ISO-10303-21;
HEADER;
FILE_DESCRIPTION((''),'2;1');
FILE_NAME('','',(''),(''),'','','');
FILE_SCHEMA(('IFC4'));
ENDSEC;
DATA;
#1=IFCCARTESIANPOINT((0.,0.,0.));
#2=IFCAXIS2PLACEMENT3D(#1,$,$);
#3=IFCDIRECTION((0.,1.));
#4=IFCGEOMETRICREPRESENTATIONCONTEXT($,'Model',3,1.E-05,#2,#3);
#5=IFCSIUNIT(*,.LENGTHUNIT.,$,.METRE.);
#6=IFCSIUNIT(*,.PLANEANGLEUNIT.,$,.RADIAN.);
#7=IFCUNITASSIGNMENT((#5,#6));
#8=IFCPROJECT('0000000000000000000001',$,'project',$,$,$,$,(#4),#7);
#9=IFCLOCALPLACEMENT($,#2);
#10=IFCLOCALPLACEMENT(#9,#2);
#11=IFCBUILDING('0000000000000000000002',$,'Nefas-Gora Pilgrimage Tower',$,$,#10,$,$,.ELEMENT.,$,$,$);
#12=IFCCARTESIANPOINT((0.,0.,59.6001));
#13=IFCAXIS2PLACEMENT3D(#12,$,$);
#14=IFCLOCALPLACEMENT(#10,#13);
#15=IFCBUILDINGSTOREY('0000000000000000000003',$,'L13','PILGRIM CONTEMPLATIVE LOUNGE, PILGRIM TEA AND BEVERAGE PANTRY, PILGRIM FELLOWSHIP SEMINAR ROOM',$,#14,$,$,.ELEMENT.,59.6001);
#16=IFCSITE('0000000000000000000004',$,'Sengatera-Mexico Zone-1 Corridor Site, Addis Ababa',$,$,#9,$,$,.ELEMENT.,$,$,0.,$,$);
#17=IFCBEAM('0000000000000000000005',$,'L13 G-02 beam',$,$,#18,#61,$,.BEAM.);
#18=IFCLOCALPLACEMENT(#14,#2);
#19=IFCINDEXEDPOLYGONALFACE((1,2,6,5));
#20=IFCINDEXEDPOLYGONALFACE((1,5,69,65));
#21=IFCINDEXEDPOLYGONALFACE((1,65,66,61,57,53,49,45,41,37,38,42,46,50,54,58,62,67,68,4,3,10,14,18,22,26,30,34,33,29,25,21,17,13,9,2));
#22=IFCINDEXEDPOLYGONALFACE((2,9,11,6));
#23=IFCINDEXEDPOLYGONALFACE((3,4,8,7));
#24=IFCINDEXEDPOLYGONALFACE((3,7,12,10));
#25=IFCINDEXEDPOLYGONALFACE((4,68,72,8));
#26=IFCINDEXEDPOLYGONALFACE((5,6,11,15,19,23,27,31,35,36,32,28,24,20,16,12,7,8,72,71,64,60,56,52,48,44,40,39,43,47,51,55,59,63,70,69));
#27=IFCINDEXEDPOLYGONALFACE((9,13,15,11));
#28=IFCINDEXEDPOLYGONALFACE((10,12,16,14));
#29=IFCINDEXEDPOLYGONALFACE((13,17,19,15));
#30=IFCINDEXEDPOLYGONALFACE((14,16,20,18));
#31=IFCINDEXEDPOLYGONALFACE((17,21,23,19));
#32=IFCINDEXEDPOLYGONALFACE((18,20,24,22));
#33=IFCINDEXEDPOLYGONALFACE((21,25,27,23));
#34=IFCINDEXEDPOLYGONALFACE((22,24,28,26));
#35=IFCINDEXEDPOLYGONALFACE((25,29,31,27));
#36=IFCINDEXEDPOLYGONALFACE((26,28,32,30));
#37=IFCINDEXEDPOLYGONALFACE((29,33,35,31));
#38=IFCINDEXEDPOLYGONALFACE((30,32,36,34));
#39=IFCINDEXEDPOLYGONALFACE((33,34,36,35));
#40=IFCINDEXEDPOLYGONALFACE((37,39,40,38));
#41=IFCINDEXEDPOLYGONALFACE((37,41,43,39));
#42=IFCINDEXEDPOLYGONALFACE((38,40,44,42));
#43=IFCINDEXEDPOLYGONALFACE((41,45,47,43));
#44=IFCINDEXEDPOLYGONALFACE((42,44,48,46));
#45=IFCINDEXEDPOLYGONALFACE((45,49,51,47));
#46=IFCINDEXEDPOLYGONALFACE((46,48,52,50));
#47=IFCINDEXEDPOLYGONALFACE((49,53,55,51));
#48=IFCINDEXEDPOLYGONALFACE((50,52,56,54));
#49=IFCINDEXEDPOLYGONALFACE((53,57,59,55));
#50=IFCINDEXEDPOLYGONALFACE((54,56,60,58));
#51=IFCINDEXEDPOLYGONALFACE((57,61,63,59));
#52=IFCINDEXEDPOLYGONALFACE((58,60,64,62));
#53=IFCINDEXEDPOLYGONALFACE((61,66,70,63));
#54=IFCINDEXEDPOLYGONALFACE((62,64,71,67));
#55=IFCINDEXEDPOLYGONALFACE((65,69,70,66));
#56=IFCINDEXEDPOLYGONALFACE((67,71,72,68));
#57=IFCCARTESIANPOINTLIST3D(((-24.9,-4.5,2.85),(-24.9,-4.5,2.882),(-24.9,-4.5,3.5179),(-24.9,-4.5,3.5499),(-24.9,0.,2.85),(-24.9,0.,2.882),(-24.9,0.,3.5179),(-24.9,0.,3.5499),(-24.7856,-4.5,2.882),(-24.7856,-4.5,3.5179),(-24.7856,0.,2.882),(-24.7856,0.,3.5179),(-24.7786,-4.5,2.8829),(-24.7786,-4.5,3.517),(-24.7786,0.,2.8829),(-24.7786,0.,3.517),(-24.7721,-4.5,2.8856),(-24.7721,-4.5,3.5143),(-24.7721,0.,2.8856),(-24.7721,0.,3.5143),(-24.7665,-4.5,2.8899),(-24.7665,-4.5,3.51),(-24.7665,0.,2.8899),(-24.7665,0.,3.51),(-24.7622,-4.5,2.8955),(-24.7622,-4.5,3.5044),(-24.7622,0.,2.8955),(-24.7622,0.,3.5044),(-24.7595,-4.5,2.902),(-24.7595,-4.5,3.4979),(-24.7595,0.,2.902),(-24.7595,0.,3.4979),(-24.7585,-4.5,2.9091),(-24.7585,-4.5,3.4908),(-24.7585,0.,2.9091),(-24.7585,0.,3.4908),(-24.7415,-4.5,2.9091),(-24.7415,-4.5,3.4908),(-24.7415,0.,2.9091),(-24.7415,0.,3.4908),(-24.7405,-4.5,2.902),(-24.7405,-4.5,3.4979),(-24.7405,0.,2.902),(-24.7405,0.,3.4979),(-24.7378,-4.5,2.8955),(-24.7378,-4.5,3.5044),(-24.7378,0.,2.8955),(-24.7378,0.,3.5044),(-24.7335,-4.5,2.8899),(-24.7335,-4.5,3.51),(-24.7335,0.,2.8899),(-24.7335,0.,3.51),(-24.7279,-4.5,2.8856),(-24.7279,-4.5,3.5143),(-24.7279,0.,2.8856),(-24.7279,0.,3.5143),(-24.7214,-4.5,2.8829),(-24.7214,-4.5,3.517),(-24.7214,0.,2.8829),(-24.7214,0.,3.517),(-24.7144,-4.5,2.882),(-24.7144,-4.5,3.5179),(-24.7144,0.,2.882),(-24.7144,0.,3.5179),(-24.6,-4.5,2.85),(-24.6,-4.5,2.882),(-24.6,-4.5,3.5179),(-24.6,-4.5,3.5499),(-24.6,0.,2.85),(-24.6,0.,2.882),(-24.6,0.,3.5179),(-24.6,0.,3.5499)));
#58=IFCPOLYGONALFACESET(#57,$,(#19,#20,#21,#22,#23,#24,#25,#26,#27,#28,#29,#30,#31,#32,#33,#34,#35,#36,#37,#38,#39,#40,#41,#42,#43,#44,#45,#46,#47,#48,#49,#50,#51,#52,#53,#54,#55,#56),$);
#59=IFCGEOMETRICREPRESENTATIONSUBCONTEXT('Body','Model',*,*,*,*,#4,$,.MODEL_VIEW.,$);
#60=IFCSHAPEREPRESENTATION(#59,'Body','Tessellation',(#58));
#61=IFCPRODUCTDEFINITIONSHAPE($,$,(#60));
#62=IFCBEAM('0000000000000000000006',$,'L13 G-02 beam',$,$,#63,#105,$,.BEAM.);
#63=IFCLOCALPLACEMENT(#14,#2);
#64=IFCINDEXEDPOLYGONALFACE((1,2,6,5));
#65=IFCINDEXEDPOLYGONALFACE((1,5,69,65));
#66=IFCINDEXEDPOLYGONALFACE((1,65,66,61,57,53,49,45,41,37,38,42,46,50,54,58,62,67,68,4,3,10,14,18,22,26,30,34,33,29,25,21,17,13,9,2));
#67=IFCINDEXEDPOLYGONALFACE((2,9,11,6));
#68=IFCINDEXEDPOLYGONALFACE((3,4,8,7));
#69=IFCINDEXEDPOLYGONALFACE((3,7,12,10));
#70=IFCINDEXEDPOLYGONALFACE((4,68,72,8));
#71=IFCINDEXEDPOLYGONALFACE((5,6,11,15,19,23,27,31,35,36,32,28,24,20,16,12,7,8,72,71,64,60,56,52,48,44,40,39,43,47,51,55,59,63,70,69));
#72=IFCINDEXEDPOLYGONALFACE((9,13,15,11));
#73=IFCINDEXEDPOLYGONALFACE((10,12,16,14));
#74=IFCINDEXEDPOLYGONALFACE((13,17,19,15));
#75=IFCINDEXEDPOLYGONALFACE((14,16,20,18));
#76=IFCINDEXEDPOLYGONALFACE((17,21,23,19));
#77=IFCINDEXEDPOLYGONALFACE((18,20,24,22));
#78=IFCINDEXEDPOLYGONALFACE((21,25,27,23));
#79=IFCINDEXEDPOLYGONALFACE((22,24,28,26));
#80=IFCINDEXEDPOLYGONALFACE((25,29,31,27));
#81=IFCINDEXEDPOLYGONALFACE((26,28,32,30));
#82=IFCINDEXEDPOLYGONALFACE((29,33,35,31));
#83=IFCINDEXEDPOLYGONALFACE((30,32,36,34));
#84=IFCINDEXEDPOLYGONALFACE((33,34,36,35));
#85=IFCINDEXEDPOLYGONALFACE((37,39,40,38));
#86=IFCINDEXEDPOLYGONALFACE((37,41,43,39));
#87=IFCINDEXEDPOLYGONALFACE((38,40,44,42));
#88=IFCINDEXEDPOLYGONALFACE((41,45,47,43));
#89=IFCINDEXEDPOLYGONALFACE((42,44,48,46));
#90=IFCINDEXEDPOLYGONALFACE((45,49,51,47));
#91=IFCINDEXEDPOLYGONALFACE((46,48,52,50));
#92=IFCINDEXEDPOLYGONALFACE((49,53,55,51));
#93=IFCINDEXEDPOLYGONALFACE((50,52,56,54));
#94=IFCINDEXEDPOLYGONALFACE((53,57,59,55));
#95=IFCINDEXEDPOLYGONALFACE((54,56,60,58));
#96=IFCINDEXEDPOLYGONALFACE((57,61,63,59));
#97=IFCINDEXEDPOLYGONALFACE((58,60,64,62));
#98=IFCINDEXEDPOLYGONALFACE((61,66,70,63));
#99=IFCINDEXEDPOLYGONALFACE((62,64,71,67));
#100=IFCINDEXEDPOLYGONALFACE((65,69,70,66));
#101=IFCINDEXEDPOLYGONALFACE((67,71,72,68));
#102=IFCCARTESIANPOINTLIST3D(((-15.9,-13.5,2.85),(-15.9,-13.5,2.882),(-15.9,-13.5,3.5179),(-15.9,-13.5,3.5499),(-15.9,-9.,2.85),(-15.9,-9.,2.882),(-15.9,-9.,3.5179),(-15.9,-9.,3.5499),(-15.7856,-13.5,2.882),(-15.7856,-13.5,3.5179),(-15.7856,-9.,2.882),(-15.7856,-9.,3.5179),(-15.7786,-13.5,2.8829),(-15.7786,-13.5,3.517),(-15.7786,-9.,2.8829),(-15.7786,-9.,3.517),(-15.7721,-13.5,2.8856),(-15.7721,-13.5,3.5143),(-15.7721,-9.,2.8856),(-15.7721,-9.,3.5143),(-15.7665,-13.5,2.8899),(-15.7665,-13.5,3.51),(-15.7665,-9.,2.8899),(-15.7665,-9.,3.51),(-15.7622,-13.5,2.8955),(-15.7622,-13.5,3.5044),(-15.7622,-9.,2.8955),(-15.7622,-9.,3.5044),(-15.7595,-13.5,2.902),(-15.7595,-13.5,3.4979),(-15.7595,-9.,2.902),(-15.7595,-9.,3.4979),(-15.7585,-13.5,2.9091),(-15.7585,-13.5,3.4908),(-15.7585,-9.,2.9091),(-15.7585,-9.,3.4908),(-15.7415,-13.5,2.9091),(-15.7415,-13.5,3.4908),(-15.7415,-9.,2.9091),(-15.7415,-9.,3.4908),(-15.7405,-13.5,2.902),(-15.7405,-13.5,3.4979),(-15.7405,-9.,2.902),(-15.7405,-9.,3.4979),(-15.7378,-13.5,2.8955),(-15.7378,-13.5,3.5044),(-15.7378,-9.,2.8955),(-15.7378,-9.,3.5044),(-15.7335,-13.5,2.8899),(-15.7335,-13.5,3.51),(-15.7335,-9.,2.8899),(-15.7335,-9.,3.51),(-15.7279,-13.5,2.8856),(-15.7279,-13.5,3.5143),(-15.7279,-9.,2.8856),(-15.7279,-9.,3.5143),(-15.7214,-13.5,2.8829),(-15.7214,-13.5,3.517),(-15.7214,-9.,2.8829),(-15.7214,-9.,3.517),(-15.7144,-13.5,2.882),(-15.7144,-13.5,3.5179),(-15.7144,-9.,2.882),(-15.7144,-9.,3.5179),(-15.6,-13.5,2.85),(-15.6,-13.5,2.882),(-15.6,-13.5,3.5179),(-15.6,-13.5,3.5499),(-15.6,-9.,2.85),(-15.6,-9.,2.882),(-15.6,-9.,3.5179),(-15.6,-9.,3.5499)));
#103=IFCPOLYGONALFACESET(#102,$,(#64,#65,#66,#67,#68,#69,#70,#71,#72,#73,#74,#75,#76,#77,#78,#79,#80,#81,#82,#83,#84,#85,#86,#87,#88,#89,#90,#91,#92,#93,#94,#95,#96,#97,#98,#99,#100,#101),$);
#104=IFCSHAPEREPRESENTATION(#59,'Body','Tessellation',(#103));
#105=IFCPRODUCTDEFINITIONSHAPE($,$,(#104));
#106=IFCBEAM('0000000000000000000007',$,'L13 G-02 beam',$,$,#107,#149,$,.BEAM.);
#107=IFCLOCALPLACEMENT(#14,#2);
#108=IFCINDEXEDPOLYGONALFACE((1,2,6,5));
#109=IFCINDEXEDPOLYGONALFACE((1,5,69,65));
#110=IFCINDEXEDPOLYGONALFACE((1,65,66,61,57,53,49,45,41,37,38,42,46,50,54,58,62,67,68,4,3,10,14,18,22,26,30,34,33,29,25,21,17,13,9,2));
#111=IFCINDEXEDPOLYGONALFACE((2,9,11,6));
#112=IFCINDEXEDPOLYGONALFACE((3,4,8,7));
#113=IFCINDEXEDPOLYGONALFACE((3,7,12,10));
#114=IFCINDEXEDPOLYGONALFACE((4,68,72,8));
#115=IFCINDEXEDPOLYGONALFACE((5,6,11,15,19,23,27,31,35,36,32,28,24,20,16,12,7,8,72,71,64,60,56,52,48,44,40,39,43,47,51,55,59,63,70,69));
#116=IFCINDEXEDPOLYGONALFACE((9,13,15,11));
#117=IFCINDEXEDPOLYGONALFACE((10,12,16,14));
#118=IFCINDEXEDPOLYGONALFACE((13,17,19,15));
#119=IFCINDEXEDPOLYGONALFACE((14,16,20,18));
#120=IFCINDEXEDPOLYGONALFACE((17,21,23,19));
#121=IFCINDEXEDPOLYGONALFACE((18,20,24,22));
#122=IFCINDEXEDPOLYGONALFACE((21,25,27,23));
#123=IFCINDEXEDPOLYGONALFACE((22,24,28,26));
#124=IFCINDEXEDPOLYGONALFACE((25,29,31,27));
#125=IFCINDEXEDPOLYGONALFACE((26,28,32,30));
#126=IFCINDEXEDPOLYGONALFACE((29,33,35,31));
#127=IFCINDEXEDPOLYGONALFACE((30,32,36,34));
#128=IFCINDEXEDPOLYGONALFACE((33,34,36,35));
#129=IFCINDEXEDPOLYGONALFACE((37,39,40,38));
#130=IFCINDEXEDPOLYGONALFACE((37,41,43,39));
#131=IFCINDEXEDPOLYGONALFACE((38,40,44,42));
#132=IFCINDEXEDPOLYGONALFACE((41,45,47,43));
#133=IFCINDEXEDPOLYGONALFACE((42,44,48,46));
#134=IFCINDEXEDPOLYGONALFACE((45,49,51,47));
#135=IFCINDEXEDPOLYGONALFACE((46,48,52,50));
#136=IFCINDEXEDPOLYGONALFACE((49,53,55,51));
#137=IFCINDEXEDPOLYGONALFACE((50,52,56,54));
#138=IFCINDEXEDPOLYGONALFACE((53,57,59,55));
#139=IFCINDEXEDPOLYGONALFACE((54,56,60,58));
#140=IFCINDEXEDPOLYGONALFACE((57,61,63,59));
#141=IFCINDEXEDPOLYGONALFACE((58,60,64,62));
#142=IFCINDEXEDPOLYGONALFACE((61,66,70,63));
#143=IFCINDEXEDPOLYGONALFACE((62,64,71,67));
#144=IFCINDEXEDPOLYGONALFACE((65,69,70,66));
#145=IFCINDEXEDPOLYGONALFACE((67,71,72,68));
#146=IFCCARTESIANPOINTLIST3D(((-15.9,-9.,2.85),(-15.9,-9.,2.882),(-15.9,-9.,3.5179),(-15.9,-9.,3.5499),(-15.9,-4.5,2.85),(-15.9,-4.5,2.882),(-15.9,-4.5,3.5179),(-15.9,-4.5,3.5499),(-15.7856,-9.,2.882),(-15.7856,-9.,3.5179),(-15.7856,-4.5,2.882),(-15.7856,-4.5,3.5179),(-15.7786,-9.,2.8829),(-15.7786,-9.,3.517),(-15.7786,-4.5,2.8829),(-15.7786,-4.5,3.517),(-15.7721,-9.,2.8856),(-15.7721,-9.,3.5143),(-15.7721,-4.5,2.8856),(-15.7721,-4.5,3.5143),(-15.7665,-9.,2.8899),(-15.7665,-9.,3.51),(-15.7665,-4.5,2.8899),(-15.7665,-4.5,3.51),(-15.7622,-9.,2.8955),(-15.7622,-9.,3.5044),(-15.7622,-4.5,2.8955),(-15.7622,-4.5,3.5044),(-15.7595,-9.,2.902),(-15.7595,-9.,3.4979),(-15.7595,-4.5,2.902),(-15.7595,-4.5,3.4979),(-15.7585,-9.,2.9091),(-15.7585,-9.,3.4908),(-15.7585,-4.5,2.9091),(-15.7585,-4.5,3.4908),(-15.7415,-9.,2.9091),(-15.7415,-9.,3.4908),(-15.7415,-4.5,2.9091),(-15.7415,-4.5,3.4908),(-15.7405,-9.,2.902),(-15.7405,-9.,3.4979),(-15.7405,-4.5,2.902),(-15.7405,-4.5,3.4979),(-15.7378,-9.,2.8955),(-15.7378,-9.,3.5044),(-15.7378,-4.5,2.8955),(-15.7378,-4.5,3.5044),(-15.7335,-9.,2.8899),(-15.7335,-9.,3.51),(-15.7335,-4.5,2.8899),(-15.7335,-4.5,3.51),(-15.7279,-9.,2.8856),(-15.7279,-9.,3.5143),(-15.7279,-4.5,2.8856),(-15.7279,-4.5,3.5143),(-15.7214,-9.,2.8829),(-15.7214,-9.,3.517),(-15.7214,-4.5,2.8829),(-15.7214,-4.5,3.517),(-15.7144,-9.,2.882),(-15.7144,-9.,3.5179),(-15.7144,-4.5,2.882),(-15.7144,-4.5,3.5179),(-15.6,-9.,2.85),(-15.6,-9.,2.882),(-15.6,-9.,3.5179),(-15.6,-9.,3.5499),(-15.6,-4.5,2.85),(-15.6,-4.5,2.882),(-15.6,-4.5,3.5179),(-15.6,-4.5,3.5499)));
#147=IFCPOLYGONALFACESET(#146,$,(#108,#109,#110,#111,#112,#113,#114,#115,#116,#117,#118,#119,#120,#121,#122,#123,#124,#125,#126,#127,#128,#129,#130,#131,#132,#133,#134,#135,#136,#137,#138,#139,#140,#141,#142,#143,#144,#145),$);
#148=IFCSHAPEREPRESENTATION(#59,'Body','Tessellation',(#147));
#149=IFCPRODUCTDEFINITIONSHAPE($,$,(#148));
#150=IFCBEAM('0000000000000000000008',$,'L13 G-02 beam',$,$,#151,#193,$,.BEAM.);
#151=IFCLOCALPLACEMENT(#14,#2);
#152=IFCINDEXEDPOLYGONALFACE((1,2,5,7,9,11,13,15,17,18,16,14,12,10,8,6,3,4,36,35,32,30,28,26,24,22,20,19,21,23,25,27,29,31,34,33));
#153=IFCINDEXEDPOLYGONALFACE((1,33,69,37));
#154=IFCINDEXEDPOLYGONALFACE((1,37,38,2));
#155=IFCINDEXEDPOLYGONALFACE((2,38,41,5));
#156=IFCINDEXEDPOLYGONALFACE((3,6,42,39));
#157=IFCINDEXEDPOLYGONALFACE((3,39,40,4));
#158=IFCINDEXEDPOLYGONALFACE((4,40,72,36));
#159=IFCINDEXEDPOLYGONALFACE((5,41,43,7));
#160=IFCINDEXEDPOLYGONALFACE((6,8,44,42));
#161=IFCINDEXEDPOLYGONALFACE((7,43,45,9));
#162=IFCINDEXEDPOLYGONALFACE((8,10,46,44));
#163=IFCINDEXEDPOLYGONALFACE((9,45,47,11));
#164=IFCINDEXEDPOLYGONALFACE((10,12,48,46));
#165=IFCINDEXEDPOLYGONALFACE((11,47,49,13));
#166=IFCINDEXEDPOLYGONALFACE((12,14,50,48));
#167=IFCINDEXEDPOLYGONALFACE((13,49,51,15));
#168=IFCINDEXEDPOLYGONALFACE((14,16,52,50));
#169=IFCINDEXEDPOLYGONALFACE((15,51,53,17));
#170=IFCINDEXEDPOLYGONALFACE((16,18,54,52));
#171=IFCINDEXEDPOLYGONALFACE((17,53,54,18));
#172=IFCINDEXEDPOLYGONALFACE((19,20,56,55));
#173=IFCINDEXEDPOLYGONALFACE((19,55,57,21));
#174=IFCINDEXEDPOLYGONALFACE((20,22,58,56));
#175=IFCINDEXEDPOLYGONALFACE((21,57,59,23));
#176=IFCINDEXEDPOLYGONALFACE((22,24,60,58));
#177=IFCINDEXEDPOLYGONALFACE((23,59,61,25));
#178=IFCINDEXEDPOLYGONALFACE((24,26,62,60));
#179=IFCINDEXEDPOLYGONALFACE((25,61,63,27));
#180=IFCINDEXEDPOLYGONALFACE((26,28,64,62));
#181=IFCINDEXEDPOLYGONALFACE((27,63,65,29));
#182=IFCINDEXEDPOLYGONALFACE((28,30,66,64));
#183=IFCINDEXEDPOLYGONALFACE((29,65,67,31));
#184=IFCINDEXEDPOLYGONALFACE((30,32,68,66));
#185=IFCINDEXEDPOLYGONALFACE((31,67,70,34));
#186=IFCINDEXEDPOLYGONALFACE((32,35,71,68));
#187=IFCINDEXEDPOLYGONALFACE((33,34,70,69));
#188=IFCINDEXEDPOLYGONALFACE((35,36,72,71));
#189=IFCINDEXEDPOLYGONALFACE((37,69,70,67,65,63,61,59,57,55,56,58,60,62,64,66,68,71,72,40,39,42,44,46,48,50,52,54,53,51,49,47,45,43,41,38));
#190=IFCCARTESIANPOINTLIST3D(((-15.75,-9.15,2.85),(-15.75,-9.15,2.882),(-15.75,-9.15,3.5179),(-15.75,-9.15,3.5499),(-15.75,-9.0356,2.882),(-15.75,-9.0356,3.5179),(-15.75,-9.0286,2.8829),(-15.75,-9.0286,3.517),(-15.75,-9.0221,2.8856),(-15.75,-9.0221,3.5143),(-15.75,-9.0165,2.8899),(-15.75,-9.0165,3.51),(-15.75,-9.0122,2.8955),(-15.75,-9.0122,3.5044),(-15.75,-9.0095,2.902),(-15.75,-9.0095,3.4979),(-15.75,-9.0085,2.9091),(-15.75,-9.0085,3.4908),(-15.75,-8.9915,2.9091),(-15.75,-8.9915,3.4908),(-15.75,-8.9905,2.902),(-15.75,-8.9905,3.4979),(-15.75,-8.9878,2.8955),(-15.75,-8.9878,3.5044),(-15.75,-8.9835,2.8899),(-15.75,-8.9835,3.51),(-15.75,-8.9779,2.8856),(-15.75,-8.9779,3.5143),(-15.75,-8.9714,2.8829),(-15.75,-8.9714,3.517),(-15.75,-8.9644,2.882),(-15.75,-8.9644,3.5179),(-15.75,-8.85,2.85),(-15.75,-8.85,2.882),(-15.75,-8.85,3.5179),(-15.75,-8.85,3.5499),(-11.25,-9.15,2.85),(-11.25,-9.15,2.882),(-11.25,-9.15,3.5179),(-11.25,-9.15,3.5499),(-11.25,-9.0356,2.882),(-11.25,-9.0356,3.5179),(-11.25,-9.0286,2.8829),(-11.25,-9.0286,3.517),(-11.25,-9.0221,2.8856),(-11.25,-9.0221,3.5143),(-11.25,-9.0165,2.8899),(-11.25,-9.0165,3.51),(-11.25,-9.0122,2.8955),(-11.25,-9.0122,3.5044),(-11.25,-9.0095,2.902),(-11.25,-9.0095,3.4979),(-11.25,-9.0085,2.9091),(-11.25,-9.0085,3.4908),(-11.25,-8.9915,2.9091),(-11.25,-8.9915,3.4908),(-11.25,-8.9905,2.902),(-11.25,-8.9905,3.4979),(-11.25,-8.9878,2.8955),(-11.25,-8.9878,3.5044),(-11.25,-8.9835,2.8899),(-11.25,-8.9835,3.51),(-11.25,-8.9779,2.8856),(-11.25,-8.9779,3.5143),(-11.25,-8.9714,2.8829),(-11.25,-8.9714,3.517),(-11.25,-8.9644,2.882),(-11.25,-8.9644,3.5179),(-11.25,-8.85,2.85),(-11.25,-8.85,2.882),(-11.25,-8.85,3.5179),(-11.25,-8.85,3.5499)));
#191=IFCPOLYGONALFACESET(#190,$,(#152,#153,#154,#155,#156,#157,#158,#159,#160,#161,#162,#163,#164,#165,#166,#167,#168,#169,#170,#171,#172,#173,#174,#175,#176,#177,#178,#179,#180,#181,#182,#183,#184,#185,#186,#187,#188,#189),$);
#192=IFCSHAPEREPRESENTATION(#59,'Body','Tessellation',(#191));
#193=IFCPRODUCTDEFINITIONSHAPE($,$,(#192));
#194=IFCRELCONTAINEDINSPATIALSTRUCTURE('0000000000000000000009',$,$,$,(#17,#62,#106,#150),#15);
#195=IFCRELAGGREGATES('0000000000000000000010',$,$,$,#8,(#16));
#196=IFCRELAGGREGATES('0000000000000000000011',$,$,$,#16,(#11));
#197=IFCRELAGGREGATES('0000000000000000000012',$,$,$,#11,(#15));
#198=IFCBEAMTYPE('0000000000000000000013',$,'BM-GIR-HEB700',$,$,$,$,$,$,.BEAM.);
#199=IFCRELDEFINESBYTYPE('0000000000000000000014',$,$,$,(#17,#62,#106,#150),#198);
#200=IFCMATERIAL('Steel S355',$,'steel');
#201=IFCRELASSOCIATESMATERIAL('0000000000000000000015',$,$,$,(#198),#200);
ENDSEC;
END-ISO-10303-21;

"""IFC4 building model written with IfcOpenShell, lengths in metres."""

from ifc_helpers import new_model, si_unit, direction, frame, origin, origin_2d, place, context, subcontext, project, spatial, i_section, extrude, source, transform, mapped, material, material_profile, profile_set, type_object, element, save


model = new_model("IFC4")

# Units and contexts
model_context = context("Model", 3, precision=1e-05, world=origin(), true_north=direction((0.0, 1.0)))
body_context = subcontext(model_context, "Body", "Model", "MODEL_VIEW")
ifc_project = project(units=[si_unit("LENGTHUNIT", "METRE"), si_unit("PLANEANGLEUNIT", "RADIAN")], contexts=[model_context])

# Site, building, storey
site_placement = place(None, origin())
site = spatial("IfcSite", under=ifc_project, at=site_placement, Name="Sengatera-Mexico Zone-1 Corridor Site, Addis Ababa", CompositionType="ELEMENT", RefElevation=0.0)
building_placement = place(site_placement, origin())
building = spatial("IfcBuilding", under=site, at=building_placement, Name="Nefas-Gora Pilgrimage Tower", CompositionType="ELEMENT")
storey_placement = place(building_placement, frame((0.0, 0.0, 59.6001)))
storey = spatial("IfcBuildingStorey", under=building, at=storey_placement, Name="L13", Description="PILGRIM CONTEMPLATIVE LOUNGE, PILGRIM TEA AND BEVERAGE PANTRY, PILGRIM FELLOWSHIP SEMINAR ROOM", CompositionType="ELEMENT", Elevation=59.6001)

# Beams
ifc_material_1 = material(Name="Steel S355", Category="steel")
ifc_material_profile_1 = material_profile(ifc_material_1, i_section(OverallWidth=0.3, OverallDepth=0.7, WebThickness=0.0171, FlangeThickness=0.032, FilletRadius=0.0271, at=origin_2d()), Name="HEB 700")
ifc_profile_set_1 = profile_set([ifc_material_profile_1], Name="Steel S355")
beam_type_1 = type_object("IfcBeamType", Name="BM-GIR-HEB700", PredefinedType="BEAM", material=ifc_profile_set_1)
shared_shape_1 = source(origin(), body_context, "Body", "SweptSolid", [
    extrude(i_section(OverallWidth=0.3, OverallDepth=0.7, WebThickness=0.0171, FlangeThickness=0.032, FilletRadius=0.0271, at=origin_2d()), origin(), (0.0, 0.0, 1.0), 4.5),
])
for number, where, z_axis, x_axis, name in (
    (1, (-24.75, -4.5, 3.2), (0.0, 1.0, 0.0), (-1.0, 0.0, 0.0), "L13 G-02 beam"),
    (2, (-15.75, -13.5, 3.2), (0.0, 1.0, 0.0), (-1.0, 0.0, 0.0), "L13 G-02 beam"),
    (3, (-15.75, -9.0, 3.2), (0.0, 1.0, 0.0), (-1.0, 0.0, 0.0), "L13 G-02 beam"),
    (4, (-15.75, -9.0, 3.2), (1.0, 0.0, 0.0), (0.0, 1.0, 0.0), "L13 G-02 beam"),
):
    element("IfcBeam", number, at=place(storey_placement, frame(where, z_axis=z_axis, x_axis=x_axis)), inside=storey, type_object=beam_type_1, Name=name, PredefinedType="BEAM", context=body_context, shape_type="MappedRepresentation", body=[
        mapped(shared_shape_1, transform((0.0, 0.0, 0.0), x_axis=(1.0, 0.0, 0.0), y_axis=(0.0, 1.0, 0.0), z_axis=(0.0, 0.0, 1.0), scale=1.0)),
    ])

save(model, "model.ifc")
